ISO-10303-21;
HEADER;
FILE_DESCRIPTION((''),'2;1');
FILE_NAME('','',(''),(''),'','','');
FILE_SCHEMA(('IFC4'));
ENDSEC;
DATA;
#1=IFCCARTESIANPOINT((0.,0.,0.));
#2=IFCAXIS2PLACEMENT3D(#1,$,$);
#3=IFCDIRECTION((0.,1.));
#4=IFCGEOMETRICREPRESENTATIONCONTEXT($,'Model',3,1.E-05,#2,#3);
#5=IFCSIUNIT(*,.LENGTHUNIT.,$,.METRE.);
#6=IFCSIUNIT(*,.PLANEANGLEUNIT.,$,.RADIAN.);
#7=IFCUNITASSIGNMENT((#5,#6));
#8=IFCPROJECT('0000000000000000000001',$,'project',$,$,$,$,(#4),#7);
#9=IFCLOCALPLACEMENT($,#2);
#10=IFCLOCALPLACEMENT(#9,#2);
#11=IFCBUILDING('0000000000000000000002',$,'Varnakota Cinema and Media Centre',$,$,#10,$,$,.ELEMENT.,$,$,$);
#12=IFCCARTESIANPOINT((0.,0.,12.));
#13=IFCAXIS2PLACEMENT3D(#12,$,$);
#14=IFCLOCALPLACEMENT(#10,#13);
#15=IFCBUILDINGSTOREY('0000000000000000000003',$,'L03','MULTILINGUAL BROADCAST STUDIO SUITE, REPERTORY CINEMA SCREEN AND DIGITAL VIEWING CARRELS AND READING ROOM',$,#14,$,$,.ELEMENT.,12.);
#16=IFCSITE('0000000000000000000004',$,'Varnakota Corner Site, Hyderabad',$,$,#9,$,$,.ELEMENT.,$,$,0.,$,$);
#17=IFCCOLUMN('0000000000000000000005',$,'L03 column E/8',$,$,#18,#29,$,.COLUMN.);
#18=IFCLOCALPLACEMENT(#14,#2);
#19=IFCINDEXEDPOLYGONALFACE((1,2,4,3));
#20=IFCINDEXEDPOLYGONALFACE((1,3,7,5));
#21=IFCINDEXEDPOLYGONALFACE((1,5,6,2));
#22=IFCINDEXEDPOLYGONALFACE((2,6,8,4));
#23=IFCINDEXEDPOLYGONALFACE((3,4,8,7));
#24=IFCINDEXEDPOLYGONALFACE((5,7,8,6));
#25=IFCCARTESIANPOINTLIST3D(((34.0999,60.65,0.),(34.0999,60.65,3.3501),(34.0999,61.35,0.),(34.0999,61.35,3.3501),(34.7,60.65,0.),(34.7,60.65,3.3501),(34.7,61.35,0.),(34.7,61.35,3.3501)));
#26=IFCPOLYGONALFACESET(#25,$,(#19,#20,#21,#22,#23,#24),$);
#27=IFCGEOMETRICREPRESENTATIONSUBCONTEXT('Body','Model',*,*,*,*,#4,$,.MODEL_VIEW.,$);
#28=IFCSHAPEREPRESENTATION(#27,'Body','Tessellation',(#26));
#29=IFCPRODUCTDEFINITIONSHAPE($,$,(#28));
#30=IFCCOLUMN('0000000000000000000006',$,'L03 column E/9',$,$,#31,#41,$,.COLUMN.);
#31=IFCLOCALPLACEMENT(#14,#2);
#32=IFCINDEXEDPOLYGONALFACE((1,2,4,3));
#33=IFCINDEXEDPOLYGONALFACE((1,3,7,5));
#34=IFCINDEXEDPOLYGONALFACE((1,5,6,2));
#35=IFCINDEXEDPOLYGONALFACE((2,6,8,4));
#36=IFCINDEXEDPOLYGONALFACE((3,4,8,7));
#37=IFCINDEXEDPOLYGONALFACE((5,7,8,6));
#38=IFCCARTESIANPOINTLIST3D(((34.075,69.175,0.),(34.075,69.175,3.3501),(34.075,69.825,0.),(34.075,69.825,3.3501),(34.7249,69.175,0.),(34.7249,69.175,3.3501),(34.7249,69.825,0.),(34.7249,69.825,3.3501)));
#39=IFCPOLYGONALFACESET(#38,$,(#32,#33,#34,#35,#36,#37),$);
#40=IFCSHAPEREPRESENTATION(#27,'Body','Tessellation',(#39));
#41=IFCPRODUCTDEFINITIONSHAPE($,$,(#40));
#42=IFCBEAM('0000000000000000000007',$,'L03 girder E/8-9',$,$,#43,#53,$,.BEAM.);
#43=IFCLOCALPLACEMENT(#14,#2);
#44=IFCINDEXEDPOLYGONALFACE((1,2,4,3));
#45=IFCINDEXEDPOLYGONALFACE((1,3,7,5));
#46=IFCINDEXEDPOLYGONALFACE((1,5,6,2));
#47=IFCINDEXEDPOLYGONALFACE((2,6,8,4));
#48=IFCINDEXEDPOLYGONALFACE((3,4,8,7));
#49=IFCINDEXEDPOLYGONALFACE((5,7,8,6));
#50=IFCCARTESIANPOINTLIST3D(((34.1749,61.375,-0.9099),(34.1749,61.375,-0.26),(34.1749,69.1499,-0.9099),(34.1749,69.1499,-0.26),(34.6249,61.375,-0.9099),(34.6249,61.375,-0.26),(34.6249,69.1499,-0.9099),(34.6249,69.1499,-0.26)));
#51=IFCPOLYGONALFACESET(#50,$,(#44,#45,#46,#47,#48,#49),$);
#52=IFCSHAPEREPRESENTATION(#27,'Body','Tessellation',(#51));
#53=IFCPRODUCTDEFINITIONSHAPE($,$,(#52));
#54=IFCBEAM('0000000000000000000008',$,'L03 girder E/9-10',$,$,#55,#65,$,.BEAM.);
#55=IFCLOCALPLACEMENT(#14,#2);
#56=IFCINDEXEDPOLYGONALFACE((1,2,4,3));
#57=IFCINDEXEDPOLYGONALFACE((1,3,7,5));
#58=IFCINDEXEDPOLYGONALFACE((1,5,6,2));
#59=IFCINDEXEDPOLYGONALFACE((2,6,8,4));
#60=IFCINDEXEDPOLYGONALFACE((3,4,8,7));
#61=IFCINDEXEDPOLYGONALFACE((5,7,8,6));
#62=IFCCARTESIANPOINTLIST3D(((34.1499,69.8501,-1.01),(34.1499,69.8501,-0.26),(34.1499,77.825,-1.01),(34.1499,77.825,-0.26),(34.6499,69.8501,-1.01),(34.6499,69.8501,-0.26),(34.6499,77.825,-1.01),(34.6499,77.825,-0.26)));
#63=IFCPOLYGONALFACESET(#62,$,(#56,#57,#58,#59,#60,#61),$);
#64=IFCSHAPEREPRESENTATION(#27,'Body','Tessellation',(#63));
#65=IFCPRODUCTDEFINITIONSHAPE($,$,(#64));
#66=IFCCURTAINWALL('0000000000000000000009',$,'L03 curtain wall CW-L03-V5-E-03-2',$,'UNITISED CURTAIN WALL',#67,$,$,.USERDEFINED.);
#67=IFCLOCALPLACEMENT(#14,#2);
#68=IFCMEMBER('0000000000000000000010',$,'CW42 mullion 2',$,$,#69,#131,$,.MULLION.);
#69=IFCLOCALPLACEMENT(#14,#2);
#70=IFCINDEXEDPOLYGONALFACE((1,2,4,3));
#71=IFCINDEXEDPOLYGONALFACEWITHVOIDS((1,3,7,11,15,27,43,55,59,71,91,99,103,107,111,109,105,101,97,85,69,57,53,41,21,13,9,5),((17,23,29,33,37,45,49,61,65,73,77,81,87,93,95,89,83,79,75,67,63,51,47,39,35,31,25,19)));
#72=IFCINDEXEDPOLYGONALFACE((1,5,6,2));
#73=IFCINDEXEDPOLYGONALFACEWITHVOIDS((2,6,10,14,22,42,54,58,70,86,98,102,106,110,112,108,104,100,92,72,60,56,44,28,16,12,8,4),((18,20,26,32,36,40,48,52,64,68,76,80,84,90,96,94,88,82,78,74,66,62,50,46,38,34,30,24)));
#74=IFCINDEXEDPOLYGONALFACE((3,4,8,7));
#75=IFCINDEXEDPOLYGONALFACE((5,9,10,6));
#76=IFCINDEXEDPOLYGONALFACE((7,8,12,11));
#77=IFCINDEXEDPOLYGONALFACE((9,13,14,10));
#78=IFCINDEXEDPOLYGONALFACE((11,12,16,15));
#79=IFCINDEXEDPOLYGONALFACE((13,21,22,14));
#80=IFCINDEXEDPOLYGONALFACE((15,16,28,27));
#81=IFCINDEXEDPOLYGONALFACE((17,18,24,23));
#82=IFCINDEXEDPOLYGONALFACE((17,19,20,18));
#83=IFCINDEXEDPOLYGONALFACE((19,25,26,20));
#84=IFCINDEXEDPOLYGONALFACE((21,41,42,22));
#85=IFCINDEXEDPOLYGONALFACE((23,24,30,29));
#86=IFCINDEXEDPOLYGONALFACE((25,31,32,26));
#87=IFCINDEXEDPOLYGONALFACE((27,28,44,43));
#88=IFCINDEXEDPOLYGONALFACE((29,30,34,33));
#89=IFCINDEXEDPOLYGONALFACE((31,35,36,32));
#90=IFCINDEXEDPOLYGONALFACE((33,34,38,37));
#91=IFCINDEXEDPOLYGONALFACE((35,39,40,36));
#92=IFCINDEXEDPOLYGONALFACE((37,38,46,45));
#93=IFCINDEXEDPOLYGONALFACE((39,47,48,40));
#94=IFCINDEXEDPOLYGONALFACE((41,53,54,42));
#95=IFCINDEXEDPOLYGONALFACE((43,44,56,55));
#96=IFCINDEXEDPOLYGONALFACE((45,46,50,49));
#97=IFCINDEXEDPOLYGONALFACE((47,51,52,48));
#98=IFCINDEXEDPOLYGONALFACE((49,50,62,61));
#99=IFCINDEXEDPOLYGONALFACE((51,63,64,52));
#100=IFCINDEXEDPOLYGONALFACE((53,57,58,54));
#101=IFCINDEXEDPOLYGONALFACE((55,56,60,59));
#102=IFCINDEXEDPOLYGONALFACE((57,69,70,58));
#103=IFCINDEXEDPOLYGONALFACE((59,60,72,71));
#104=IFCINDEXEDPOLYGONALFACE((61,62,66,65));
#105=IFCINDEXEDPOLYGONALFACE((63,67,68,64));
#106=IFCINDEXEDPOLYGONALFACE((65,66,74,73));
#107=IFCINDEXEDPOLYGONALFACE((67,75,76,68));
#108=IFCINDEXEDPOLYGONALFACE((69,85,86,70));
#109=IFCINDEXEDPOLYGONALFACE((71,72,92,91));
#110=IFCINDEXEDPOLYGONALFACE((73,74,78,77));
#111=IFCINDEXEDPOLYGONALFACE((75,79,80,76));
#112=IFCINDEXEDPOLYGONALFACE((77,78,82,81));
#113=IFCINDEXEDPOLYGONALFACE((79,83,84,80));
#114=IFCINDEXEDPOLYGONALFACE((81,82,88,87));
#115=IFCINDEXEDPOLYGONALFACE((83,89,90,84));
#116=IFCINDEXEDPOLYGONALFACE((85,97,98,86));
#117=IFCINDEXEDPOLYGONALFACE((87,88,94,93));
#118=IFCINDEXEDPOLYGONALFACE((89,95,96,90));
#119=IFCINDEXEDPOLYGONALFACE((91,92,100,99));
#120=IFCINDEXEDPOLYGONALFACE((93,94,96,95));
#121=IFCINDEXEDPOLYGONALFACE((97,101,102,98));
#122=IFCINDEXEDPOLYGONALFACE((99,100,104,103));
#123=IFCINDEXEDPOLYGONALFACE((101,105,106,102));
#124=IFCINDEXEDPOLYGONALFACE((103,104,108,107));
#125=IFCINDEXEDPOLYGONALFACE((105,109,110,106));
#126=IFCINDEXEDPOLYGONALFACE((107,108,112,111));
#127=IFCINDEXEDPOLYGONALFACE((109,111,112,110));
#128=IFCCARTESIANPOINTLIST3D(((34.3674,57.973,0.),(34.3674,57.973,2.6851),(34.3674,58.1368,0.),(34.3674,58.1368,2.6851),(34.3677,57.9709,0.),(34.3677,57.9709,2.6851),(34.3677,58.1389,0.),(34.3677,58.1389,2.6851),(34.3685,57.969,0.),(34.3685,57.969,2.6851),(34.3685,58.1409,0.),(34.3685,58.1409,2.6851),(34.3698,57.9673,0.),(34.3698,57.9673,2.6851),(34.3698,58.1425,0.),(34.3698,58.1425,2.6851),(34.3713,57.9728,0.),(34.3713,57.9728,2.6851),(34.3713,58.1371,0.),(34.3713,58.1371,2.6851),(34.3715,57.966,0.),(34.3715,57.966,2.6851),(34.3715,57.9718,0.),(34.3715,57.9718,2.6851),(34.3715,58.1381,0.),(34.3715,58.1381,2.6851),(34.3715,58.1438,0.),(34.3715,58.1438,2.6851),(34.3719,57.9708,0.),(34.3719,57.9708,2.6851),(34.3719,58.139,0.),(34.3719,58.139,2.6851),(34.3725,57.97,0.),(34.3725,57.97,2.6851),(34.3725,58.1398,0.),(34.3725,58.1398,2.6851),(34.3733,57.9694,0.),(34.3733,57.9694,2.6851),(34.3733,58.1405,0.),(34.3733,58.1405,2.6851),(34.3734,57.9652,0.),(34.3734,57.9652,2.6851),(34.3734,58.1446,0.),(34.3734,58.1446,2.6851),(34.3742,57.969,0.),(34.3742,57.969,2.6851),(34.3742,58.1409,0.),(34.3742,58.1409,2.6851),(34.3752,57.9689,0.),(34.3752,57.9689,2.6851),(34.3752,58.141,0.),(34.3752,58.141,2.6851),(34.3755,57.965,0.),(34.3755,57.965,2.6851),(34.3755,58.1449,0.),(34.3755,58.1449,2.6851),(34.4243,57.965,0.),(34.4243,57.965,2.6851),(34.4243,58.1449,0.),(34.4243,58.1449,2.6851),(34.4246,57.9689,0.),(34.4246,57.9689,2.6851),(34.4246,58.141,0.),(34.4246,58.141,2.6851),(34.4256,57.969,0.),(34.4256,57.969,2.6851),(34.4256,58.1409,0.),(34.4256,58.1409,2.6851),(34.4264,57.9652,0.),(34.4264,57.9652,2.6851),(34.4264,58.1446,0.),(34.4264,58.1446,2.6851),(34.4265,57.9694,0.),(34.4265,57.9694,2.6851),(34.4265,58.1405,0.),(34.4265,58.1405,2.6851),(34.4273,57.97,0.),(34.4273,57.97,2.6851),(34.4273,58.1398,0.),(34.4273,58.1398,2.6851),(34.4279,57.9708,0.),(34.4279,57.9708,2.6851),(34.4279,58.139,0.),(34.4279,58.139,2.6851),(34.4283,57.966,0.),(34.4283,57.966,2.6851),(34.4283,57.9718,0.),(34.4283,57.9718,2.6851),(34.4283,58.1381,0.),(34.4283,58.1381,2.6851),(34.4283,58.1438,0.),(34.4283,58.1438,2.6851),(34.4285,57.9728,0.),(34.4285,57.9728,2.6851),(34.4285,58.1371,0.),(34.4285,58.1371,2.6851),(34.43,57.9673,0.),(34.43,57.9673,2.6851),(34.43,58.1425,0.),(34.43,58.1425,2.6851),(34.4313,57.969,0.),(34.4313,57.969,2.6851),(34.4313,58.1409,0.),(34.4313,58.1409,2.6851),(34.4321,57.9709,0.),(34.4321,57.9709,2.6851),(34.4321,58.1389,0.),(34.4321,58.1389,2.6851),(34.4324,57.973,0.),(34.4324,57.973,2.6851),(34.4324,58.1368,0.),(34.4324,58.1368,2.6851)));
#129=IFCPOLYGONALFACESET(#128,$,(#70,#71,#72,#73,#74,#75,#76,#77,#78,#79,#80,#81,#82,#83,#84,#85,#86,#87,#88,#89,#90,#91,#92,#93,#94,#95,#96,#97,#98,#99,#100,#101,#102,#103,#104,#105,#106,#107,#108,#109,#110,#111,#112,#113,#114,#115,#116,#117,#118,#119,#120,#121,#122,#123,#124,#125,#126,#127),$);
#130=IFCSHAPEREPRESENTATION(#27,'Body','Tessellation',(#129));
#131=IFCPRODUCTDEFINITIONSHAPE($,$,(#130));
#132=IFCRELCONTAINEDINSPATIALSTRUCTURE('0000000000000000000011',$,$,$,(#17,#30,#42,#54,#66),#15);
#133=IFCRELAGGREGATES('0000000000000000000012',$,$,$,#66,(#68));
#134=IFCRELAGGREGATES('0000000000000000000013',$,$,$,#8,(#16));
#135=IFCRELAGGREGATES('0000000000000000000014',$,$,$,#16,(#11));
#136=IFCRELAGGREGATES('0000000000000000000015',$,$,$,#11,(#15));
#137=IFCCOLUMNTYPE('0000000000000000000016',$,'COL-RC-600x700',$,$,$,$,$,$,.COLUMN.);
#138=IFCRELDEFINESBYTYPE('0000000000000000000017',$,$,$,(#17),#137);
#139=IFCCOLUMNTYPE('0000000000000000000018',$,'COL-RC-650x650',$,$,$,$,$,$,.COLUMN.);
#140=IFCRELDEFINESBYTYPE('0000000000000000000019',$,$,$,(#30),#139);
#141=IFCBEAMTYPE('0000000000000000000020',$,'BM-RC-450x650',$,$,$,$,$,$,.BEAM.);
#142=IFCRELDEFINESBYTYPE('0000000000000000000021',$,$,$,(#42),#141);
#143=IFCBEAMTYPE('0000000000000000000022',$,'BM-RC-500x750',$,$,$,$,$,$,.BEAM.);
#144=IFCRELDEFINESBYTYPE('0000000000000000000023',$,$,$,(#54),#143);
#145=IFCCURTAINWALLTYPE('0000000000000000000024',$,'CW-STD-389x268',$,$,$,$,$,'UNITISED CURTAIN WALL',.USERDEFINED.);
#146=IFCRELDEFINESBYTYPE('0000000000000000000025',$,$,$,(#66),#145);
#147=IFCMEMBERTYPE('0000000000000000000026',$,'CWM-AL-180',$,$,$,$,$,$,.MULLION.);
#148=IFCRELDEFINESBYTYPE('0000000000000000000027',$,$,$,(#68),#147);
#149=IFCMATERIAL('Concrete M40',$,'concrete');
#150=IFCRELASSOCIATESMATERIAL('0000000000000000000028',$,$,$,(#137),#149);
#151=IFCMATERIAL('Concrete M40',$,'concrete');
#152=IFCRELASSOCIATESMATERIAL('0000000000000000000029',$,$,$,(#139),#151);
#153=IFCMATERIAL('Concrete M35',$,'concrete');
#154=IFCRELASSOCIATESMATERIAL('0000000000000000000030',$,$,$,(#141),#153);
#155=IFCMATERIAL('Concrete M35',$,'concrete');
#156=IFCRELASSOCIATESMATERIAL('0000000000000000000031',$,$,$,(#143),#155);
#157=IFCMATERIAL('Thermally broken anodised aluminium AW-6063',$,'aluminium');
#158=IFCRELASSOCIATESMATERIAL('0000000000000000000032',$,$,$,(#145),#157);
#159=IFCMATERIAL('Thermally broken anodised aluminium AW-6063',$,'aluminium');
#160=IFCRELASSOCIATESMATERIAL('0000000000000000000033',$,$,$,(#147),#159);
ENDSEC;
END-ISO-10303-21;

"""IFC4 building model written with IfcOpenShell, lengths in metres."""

from ifc_helpers import new_model, si_unit, direction, frame, origin, origin_2d, place, context, subcontext, project, spatial, rectangle, hollow_rectangle, extrude, material, material_profile, profile_set, type_object, element, aggregate, save


model = new_model("IFC4")

# Units and contexts
model_context = context("Model", 3, precision=1e-05, world=origin(), true_north=direction((0.0, 1.0)))
body_context = subcontext(model_context, "Body", "Model", "MODEL_VIEW")
ifc_project = project(units=[si_unit("LENGTHUNIT", "METRE"), si_unit("PLANEANGLEUNIT", "RADIAN")], contexts=[model_context])

# Site, building, storey
site_placement = place(None, origin())
site = spatial("IfcSite", under=ifc_project, at=site_placement, Name="Varnakota Corner Site, Hyderabad", CompositionType="ELEMENT", RefElevation=0.0)
building_placement = place(site_placement, origin())
building = spatial("IfcBuilding", under=site, at=building_placement, Name="Varnakota Cinema and Media Centre", CompositionType="ELEMENT")
storey_placement = place(building_placement, frame((0.0, 0.0, 12.0)))
storey = spatial("IfcBuildingStorey", under=building, at=storey_placement, Name="L03", Description="MULTILINGUAL BROADCAST STUDIO SUITE, REPERTORY CINEMA SCREEN AND DIGITAL VIEWING CARRELS AND READING ROOM", CompositionType="ELEMENT", Elevation=12.0)

# Columns
ifc_material_1 = material(Name="Concrete M40", Category="concrete")
ifc_material_profile_1 = material_profile(ifc_material_1, rectangle(XDim=0.6001, YDim=0.7, at=origin_2d()), Name="RC 600x700")
ifc_profile_set_1 = profile_set([ifc_material_profile_1], Name="Concrete M40")
column_type_1 = type_object("IfcColumnType", Name="COL-RC-600x700", PredefinedType="COLUMN", material=ifc_profile_set_1)
column_1_placement = place(storey_placement, frame((34.3999, 61.0, 0.0), z_axis=(0.0, 0.0, 1.0), x_axis=(1.0, 0.0, 0.0)))
element("IfcColumn", 1, at=column_1_placement, inside=storey, type_object=column_type_1, Name="L03 column E/8", PredefinedType="COLUMN", context=body_context, shape_type="SweptSolid", body=[
    extrude(rectangle(XDim=0.6001, YDim=0.7, at=origin_2d()), origin(), (0.0, 0.0, 1.0), 3.3501),
])
ifc_material_2 = material(Name="Concrete M40", Category="concrete")
ifc_material_profile_2 = material_profile(ifc_material_2, rectangle(XDim=0.6499, YDim=0.6499, at=origin_2d()), Name="RC 650x650")
ifc_profile_set_2 = profile_set([ifc_material_profile_2], Name="Concrete M40")
column_type_2 = type_object("IfcColumnType", Name="COL-RC-650x650", PredefinedType="COLUMN", material=ifc_profile_set_2)
column_2_placement = place(storey_placement, frame((34.3999, 69.5, 0.0), z_axis=(0.0, 0.0, 1.0), x_axis=(1.0, 0.0, 0.0)))
element("IfcColumn", 2, at=column_2_placement, inside=storey, type_object=column_type_2, Name="L03 column E/9", PredefinedType="COLUMN", context=body_context, shape_type="SweptSolid", body=[
    extrude(rectangle(XDim=0.6499, YDim=0.6499, at=origin_2d()), origin(), (0.0, 0.0, 1.0), 3.3501),
])

# Beams
ifc_material_3 = material(Name="Concrete M35", Category="concrete")
ifc_material_profile_3 = material_profile(ifc_material_3, rectangle(XDim=0.45, YDim=0.6499, at=origin_2d()), Name="RCB 450x650")
ifc_profile_set_3 = profile_set([ifc_material_profile_3], Name="Concrete M35")
beam_type_1 = type_object("IfcBeamType", Name="BM-RC-450x650", PredefinedType="BEAM", material=ifc_profile_set_3)
beam_1_placement = place(storey_placement, frame((34.3999, 61.375, -0.585), z_axis=(0.0, 1.0, 0.0), x_axis=(-1.0, 0.0, 0.0)))
element("IfcBeam", 3, at=beam_1_placement, inside=storey, type_object=beam_type_1, Name="L03 girder E/8-9", PredefinedType="BEAM", context=body_context, shape_type="SweptSolid", body=[
    extrude(rectangle(XDim=0.45, YDim=0.6499, at=origin_2d()), origin(), (0.0, 0.0, 1.0), 7.7749),
])
ifc_material_4 = material(Name="Concrete M35", Category="concrete")
ifc_material_profile_4 = material_profile(ifc_material_4, rectangle(XDim=0.5, YDim=0.75, at=origin_2d()), Name="RCB 500x750")
ifc_profile_set_4 = profile_set([ifc_material_profile_4], Name="Concrete M35")
beam_type_2 = type_object("IfcBeamType", Name="BM-RC-500x750", PredefinedType="BEAM", material=ifc_profile_set_4)
beam_2_placement = place(storey_placement, frame((34.3999, 69.8501, -0.635), z_axis=(0.0, 1.0, 0.0), x_axis=(-1.0, 0.0, 0.0)))
element("IfcBeam", 4, at=beam_2_placement, inside=storey, type_object=beam_type_2, Name="L03 girder E/9-10", PredefinedType="BEAM", context=body_context, shape_type="SweptSolid", body=[
    extrude(rectangle(XDim=0.5, YDim=0.75, at=origin_2d()), origin(), (0.0, 0.0, 1.0), 7.9749),
])

# Curtain wall, member
ifc_material_5 = material(Name="Thermally broken anodised aluminium AW-6063", Category="aluminium")
curtain_wall_type_1 = type_object("IfcCurtainWallType", Name="CW-STD-389x268", ElementType="UNITISED CURTAIN WALL", PredefinedType="USERDEFINED", material=ifc_material_5)
curtain_wall_1_placement = place(storey_placement, origin())
curtain_wall_1 = element("IfcCurtainWall", 5, at=curtain_wall_1_placement, inside=storey, type_object=curtain_wall_type_1, Name="L03 curtain wall CW-L03-V5-E-03-2", ObjectType="UNITISED CURTAIN WALL", PredefinedType="USERDEFINED")
ifc_material_6 = material(Name="Thermally broken anodised aluminium AW-6063", Category="aluminium")
ifc_material_profile_5 = material_profile(ifc_material_6, hollow_rectangle(XDim=0.0649, YDim=0.1799, WallThickness=0.0039, InnerFilletRadius=0.0039, OuterFilletRadius=0.0081, at=origin_2d()), Name="AL-MULLION 180x65x4")
ifc_profile_set_5 = profile_set([ifc_material_profile_5], Name="Thermally broken anodised aluminium AW-6063")
member_type_1 = type_object("IfcMemberType", Name="CWM-AL-180", PredefinedType="MULLION", material=ifc_profile_set_5)
member_1_placement = place(storey_placement, frame((34.3999, 58.0549, 0.0), z_axis=(0.0, 0.0, 1.0), x_axis=(-1.0, 0.0, 0.0)))
member_1 = element("IfcMember", 6, at=member_1_placement, type_object=member_type_1, Name="CW42 mullion 2", PredefinedType="MULLION", context=body_context, shape_type="SweptSolid", body=[
    extrude(hollow_rectangle(XDim=0.0649, YDim=0.1799, WallThickness=0.0039, InnerFilletRadius=0.0039, OuterFilletRadius=0.0081, at=origin_2d()), origin(), (0.0, 0.0, 1.0), 2.6851),
])

aggregate(curtain_wall_1, [member_1])

save(model, "model.ifc")
